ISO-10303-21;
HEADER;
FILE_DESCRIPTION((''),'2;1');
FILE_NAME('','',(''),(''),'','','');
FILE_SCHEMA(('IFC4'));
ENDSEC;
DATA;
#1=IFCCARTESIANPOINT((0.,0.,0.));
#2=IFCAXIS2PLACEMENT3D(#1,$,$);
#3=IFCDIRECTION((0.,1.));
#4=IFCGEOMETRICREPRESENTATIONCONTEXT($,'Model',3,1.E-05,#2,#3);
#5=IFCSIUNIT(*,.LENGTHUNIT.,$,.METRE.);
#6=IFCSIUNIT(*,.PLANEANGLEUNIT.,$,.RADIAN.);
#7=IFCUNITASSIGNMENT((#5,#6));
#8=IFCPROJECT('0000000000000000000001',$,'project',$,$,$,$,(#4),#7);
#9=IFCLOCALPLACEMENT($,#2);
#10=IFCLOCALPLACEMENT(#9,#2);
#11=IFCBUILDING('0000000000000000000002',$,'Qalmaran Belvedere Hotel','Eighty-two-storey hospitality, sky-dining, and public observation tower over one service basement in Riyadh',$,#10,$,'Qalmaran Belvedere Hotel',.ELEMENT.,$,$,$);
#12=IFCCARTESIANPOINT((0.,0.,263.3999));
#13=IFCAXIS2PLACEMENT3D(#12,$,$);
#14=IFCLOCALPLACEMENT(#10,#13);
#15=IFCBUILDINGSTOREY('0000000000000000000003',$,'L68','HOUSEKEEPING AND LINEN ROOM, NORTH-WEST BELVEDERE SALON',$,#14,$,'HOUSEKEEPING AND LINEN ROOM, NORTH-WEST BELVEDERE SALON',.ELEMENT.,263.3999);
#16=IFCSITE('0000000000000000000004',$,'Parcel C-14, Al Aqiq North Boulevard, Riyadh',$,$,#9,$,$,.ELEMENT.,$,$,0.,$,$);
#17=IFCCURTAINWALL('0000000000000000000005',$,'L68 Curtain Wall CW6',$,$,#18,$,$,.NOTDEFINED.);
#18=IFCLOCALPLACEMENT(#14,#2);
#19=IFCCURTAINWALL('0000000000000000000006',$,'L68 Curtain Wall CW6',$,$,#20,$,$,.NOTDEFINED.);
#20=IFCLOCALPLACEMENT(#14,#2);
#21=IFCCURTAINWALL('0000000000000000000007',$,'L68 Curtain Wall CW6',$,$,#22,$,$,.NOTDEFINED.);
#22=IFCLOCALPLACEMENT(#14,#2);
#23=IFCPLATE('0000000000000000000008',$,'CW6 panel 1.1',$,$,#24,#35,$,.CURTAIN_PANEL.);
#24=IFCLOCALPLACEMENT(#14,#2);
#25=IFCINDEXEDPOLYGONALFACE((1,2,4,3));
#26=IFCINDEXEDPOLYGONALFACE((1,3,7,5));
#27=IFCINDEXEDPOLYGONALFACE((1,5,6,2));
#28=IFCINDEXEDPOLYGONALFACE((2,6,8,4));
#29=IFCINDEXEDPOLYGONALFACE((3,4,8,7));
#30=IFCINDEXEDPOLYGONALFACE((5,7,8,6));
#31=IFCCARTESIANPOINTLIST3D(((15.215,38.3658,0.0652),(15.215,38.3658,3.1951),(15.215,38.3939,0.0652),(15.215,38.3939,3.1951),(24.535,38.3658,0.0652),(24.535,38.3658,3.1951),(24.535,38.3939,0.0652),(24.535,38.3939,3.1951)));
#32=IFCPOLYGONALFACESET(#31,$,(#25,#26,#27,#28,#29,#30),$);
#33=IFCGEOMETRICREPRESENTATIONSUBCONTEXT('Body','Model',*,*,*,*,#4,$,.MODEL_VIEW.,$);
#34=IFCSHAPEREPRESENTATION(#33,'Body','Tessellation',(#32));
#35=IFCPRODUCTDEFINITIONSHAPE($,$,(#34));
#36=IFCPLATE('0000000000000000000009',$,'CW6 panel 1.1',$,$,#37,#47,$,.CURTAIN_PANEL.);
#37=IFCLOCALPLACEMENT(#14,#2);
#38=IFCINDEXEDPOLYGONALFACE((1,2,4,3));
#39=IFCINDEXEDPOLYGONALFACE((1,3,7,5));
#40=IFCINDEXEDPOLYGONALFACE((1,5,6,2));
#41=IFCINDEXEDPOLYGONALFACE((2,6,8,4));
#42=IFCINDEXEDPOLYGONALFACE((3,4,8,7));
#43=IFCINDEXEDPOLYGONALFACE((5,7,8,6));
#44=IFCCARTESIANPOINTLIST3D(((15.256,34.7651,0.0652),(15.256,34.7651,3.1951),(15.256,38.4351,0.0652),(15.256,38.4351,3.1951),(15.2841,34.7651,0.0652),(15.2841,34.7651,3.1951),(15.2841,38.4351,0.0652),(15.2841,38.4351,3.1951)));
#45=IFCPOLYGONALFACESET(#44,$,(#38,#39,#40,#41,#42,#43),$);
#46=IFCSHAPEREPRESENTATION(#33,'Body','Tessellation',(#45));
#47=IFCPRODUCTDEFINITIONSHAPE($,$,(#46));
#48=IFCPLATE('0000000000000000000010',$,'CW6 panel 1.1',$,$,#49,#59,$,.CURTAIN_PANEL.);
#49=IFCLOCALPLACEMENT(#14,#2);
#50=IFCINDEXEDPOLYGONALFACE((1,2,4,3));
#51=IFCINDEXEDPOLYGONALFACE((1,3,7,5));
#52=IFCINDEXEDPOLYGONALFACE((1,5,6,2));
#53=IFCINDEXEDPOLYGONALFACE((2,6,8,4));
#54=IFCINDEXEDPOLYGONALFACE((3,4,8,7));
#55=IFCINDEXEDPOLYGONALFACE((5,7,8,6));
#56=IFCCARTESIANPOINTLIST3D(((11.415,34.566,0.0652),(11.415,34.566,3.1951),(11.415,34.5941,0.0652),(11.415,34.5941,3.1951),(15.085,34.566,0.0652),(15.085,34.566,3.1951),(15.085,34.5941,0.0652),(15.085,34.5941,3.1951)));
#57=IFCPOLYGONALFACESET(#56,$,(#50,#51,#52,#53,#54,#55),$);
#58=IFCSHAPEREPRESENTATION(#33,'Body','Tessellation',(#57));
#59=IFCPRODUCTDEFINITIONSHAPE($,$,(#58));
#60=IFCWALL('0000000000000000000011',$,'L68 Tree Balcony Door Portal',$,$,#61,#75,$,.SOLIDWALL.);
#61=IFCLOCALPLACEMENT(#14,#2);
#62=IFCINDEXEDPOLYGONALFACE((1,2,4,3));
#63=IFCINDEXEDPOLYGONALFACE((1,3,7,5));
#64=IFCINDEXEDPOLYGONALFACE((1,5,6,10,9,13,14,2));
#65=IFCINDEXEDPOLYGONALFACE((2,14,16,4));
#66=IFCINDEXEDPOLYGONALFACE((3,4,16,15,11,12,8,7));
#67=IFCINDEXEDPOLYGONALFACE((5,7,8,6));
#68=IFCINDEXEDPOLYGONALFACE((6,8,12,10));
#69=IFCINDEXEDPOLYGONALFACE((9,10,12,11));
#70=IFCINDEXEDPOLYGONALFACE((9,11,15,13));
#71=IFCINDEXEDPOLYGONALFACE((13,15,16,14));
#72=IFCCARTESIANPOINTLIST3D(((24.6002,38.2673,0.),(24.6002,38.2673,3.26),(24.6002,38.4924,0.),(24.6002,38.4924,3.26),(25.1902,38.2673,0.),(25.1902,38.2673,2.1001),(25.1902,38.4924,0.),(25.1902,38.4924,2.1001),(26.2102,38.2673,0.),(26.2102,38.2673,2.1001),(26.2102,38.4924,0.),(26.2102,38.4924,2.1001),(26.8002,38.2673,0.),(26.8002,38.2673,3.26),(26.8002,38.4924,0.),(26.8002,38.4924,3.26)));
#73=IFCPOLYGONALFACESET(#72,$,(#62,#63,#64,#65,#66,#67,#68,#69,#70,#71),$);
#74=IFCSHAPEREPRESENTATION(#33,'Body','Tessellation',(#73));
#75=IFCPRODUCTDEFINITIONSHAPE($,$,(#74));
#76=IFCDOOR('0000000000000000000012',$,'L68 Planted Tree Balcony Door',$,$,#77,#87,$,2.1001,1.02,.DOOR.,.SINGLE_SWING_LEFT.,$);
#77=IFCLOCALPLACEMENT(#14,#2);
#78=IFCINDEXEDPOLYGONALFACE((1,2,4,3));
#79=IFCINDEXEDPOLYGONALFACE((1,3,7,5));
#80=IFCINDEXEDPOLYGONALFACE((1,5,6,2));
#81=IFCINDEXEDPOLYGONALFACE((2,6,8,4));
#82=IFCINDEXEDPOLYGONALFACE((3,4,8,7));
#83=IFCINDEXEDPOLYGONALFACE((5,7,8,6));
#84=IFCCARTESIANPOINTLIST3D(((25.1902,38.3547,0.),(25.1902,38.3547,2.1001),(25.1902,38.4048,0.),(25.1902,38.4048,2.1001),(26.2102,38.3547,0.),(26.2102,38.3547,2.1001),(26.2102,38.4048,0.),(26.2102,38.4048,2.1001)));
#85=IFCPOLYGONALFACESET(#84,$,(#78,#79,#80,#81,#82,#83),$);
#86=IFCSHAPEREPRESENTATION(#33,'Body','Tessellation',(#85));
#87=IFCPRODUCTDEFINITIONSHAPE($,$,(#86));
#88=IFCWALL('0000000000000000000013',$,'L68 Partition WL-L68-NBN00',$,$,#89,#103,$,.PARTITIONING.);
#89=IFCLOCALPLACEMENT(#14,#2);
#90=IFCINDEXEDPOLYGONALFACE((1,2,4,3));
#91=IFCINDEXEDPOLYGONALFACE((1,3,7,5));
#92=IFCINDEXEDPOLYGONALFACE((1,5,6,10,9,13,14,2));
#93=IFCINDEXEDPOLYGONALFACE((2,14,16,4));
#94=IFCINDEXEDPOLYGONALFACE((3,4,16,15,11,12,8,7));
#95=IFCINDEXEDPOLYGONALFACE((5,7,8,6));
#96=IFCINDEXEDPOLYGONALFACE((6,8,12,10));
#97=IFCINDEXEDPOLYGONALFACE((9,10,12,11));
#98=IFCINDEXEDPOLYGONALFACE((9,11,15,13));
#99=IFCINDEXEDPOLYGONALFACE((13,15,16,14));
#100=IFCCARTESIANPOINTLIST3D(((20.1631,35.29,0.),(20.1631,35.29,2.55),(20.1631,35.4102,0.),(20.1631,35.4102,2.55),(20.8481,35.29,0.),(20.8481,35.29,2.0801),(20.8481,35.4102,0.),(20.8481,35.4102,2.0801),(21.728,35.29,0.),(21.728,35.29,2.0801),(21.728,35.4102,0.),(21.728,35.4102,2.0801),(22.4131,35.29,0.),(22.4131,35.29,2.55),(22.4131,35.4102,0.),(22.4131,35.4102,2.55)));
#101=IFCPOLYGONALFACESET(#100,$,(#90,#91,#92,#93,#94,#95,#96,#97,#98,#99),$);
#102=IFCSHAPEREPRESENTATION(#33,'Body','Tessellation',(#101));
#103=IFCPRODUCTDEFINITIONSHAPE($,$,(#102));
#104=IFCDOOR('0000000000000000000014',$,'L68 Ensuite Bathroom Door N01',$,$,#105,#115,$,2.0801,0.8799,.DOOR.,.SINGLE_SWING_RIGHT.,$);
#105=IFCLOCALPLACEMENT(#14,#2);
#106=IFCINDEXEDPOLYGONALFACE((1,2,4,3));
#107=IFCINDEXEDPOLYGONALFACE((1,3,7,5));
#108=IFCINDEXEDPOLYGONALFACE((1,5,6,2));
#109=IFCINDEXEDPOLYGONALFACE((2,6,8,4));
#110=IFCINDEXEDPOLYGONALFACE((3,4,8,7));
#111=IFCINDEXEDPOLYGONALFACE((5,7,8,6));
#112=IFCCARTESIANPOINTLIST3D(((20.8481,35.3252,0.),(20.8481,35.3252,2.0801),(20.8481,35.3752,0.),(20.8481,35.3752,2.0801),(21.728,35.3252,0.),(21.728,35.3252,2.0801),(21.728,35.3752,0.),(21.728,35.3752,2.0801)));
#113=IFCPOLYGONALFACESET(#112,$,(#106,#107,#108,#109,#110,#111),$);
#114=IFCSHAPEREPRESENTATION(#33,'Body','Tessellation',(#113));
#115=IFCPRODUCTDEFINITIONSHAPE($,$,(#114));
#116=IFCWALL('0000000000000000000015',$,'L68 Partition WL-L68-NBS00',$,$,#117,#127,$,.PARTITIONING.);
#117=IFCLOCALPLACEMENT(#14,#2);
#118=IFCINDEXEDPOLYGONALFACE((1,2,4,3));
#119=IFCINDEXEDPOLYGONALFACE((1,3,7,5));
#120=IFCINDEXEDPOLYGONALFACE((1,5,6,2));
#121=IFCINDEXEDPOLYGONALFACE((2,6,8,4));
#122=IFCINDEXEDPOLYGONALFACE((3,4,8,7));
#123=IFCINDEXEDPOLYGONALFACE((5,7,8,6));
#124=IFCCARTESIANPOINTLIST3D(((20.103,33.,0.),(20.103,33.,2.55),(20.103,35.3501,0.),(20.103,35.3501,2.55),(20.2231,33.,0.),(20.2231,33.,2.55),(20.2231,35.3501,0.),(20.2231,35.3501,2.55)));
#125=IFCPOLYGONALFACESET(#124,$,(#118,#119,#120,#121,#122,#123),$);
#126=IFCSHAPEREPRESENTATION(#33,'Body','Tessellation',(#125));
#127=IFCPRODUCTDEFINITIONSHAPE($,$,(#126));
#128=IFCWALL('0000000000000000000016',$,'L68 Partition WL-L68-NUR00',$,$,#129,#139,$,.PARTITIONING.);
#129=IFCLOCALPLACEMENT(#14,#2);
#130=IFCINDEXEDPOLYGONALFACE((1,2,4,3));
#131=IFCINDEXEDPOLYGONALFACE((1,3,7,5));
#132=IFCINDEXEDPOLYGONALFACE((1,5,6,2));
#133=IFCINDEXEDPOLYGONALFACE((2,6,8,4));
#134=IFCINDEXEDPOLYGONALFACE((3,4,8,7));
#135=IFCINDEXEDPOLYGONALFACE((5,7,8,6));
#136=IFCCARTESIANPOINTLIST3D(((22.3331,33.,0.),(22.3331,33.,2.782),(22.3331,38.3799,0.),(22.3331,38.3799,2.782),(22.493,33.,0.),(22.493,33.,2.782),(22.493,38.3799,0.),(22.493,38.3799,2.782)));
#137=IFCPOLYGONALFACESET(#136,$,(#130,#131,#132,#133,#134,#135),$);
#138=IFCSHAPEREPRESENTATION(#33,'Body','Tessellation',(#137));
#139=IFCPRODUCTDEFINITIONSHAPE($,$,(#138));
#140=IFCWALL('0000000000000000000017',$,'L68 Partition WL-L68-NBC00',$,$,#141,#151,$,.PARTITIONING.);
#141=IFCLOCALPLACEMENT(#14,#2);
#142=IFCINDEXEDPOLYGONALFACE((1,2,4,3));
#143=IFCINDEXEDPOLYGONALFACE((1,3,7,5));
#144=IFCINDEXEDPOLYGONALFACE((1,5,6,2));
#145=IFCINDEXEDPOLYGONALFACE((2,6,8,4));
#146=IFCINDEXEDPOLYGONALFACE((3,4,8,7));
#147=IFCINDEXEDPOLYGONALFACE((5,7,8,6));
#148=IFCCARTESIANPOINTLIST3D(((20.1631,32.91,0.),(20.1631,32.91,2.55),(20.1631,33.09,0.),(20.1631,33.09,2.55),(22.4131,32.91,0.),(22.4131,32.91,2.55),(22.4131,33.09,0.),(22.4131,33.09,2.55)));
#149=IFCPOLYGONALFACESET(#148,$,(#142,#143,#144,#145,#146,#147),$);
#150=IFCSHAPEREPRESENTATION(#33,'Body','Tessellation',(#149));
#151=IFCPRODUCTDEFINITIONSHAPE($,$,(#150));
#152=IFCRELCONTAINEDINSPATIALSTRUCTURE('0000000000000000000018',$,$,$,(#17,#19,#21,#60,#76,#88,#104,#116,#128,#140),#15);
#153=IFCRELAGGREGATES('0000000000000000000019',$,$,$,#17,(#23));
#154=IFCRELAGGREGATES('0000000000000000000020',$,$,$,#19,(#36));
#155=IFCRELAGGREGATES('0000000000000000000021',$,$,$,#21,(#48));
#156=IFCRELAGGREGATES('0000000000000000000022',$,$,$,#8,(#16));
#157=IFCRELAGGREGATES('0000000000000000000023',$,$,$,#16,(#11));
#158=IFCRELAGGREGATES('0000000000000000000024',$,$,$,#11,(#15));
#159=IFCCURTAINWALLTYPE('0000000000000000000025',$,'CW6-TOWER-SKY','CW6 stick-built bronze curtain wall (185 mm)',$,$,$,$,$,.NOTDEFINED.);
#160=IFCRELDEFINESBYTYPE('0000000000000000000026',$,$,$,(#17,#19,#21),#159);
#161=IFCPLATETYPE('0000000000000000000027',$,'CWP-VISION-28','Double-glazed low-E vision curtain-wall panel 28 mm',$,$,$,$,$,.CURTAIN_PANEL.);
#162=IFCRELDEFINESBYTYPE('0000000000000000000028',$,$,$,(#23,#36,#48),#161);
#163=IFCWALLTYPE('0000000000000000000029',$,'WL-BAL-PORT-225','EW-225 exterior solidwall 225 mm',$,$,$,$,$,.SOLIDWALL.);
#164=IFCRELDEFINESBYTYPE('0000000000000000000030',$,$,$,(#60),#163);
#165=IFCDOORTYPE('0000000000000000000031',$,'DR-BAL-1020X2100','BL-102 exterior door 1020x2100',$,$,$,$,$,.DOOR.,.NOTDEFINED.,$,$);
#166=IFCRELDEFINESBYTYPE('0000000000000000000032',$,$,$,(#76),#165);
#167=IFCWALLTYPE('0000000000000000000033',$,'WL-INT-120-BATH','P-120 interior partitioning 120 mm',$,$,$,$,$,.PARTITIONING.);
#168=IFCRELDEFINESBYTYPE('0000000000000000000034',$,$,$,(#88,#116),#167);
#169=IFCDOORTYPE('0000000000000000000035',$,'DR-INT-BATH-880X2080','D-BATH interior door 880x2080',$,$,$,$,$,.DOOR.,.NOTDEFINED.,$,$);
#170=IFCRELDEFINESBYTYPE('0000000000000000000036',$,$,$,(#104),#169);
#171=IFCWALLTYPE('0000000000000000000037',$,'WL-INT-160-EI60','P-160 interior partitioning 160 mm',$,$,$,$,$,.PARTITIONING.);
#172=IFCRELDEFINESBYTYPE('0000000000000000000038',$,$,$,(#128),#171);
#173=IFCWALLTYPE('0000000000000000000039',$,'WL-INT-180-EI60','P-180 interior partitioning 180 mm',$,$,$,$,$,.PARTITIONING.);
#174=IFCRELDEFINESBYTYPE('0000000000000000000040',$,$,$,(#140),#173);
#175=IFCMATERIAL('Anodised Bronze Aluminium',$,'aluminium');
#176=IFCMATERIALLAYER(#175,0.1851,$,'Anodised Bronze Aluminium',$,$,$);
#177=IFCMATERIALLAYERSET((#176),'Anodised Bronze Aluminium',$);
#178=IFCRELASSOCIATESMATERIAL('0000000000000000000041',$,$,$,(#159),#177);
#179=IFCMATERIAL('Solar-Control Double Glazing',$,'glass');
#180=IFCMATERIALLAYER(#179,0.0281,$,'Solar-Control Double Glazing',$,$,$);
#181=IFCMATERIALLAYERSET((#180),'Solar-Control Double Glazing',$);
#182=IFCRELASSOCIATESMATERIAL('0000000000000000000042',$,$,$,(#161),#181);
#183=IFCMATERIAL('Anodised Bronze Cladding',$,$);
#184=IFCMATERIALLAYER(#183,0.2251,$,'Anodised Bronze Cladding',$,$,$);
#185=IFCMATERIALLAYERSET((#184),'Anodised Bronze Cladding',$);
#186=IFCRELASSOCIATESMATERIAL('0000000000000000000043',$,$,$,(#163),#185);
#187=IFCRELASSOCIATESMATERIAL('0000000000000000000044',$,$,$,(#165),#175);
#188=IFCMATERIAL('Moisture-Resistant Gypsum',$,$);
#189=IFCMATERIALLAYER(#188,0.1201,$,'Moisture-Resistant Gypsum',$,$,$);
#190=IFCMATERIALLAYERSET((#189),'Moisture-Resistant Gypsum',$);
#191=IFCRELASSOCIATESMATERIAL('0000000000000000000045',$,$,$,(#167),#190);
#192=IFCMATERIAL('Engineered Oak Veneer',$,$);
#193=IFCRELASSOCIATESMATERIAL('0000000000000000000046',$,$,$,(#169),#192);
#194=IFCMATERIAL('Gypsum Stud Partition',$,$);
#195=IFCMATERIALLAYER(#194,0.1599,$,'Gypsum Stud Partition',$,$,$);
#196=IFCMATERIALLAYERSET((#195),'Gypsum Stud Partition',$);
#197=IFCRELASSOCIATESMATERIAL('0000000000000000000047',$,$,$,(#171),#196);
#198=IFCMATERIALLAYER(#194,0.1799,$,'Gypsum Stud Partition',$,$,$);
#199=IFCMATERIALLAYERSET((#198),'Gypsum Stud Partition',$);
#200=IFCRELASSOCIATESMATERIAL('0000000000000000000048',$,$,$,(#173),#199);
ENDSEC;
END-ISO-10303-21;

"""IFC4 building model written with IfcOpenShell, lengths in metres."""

from ifc_helpers import new_model, si_unit, direction, frame, frame_2d, origin, origin_2d, place, context, subcontext, project, spatial, rectangle, extrude, material, layer, layer_set, type_object, element, fill, aggregate, save


model = new_model("IFC4")

# Units and contexts
model_context = context("Model", 3, precision=1e-05, world=origin(), true_north=direction((0.0, 1.0)))
body_context = subcontext(model_context, "Body", "Model", "MODEL_VIEW")
ifc_project = project(units=[si_unit("LENGTHUNIT", "METRE"), si_unit("PLANEANGLEUNIT", "RADIAN")], contexts=[model_context])

# Site, building, storey
site_placement = place(None, origin())
site = spatial("IfcSite", under=ifc_project, at=site_placement, Name="Parcel C-14, Al Aqiq North Boulevard, Riyadh", CompositionType="ELEMENT", RefElevation=0.0)
building_placement = place(site_placement, origin())
building = spatial("IfcBuilding", under=site, at=building_placement, Name="Qalmaran Belvedere Hotel", Description="Eighty-two-storey hospitality, sky-dining, and public observation tower over one service basement in Riyadh", LongName="Qalmaran Belvedere Hotel", CompositionType="ELEMENT")
storey_placement = place(building_placement, frame((0.0, 0.0, 263.3999)))
storey = spatial("IfcBuildingStorey", under=building, at=storey_placement, Name="L68", Description="HOUSEKEEPING AND LINEN ROOM, NORTH-WEST BELVEDERE SALON", LongName="HOUSEKEEPING AND LINEN ROOM, NORTH-WEST BELVEDERE SALON", CompositionType="ELEMENT", Elevation=263.3999)

# Curtain walls
ifc_material_1 = material(Name="Anodised Bronze Aluminium", Category="aluminium")
ifc_layer_1 = layer(ifc_material_1, 0.1851, Name="Anodised Bronze Aluminium")
ifc_layer_set_1 = layer_set([ifc_layer_1], Name="Anodised Bronze Aluminium")
curtain_wall_type = type_object("IfcCurtainWallType", Name="CW6-TOWER-SKY", Description="CW6 stick-built bronze curtain wall (185 mm)", PredefinedType="NOTDEFINED", material=ifc_layer_set_1)
curtain_wall_1_placement = place(storey_placement, origin())
curtain_wall_1 = element("IfcCurtainWall", 1, at=curtain_wall_1_placement, inside=storey, type_object=curtain_wall_type, Name="L68 Curtain Wall CW6", PredefinedType="NOTDEFINED")
curtain_wall_2_placement = place(storey_placement, origin())
curtain_wall_2 = element("IfcCurtainWall", 2, at=curtain_wall_2_placement, inside=storey, type_object=curtain_wall_type, Name="L68 Curtain Wall CW6", PredefinedType="NOTDEFINED")
curtain_wall_3_placement = place(storey_placement, origin())
curtain_wall_3 = element("IfcCurtainWall", 3, at=curtain_wall_3_placement, inside=storey, type_object=curtain_wall_type, Name="L68 Curtain Wall CW6", PredefinedType="NOTDEFINED")

# Plates
ifc_material_2 = material(Name="Solar-Control Double Glazing", Category="glass")
ifc_layer_2 = layer(ifc_material_2, 0.0281, Name="Solar-Control Double Glazing")
ifc_layer_set_2 = layer_set([ifc_layer_2], Name="Solar-Control Double Glazing")
plate_type = type_object("IfcPlateType", Name="CWP-VISION-28", Description="Double-glazed low-E vision curtain-wall panel 28 mm", PredefinedType="CURTAIN_PANEL", material=ifc_layer_set_2)
plate_1_placement = place(storey_placement, frame((19.875, 38.3799, 0.0652), z_axis=(0.0, 0.0, 1.0), x_axis=(-1.0, 0.0, 0.0)))
plate_1 = element("IfcPlate", 4, at=plate_1_placement, type_object=plate_type, Name="CW6 panel 1.1", PredefinedType="CURTAIN_PANEL", context=body_context, shape_type="SweptSolid", body=[
    extrude(rectangle(XDim=9.3201, YDim=0.0281, at=origin_2d()), origin(), (0.0, 0.0, 1.0), 3.1299),
])
aggregate(curtain_wall_1, [plate_1])
plate_2_placement = place(storey_placement, frame((15.27, 36.6001, 0.0652), z_axis=(0.0, 0.0, 1.0), x_axis=(0.0, -1.0, 0.0)))
plate_2 = element("IfcPlate", 5, at=plate_2_placement, type_object=plate_type, Name="CW6 panel 1.1", PredefinedType="CURTAIN_PANEL", context=body_context, shape_type="SweptSolid", body=[
    extrude(rectangle(XDim=3.6699, YDim=0.0281, at=origin_2d()), origin(), (0.0, 0.0, 1.0), 3.1299),
])
aggregate(curtain_wall_2, [plate_2])
plate_3_placement = place(storey_placement, frame((13.25, 34.5801, 0.0652), z_axis=(0.0, 0.0, 1.0), x_axis=(-1.0, 0.0, 0.0)))
plate_3 = element("IfcPlate", 6, at=plate_3_placement, type_object=plate_type, Name="CW6 panel 1.1", PredefinedType="CURTAIN_PANEL", context=body_context, shape_type="SweptSolid", body=[
    extrude(rectangle(XDim=3.6699, YDim=0.0281, at=origin_2d()), origin(), (0.0, 0.0, 1.0), 3.1299),
])
aggregate(curtain_wall_3, [plate_3])

# Walls, openings, doors
ifc_material_3 = material(Name="Anodised Bronze Cladding")
ifc_layer_3 = layer(ifc_material_3, 0.2251, Name="Anodised Bronze Cladding")
ifc_layer_set_3 = layer_set([ifc_layer_3], Name="Anodised Bronze Cladding")
wall_type_1 = type_object("IfcWallType", Name="WL-BAL-PORT-225", Description="EW-225 exterior solidwall 225 mm", PredefinedType="SOLIDWALL", material=ifc_layer_set_3)
wall_1_placement = place(storey_placement, frame((24.6001, 38.3799, 0.0), z_axis=(0.0, 0.0, 1.0), x_axis=(1.0, 0.0, 0.0)))
wall_1 = element("IfcWall", 7, at=wall_1_placement, inside=storey, type_object=wall_type_1, Name="L68 Tree Balcony Door Portal", PredefinedType="SOLIDWALL", context=body_context, shape_type="SweptSolid", body=[
    extrude(rectangle(XDim=2.2, YDim=0.2251, at=frame_2d((1.1001, 0.0))), origin(), (0.0, 0.0, 1.0), 3.26),
])
opening_1_placement = place(wall_1_placement, frame((0.5901, 0.0, 0.0)))
opening_1 = element("IfcOpeningElement", 8, at=opening_1_placement, cuts=wall_1, PredefinedType="OPENING", context=body_context, shape_type="SweptSolid", body=[
    extrude(rectangle(XDim=1.02, YDim=2.1001, at=frame_2d((0.51, 1.05))), frame((0.0, 0.1226, 0.0), z_axis=(0.0, -1.0, 0.0), x_axis=(1.0, 0.0, 0.0)), (0.0, 0.0, 1.0), 0.2451),
])
door_type_1 = type_object("IfcDoorType", Name="DR-BAL-1020X2100", Description="BL-102 exterior door 1020x2100", OperationType="NOTDEFINED", PredefinedType="DOOR", material=ifc_material_1)
door_1_placement = place(opening_1_placement, origin())
door_1 = element("IfcDoor", 9, at=door_1_placement, inside=storey, type_object=door_type_1, Name="L68 Planted Tree Balcony Door", OperationType="SINGLE_SWING_LEFT", OverallHeight=2.1001, OverallWidth=1.02, PredefinedType="DOOR", context=body_context, shape_type="SweptSolid", body=[
    extrude(rectangle(XDim=1.02, YDim=2.1001, at=frame_2d((0.51, 1.05))), frame((0.0, 0.0249, 0.0), z_axis=(0.0, -1.0, 0.0), x_axis=(1.0, 0.0, 0.0)), (0.0, 0.0, 1.0), 0.05),
])
fill(opening_1, door_1)
ifc_material_4 = material(Name="Moisture-Resistant Gypsum")
ifc_layer_4 = layer(ifc_material_4, 0.1201, Name="Moisture-Resistant Gypsum")
ifc_layer_set_4 = layer_set([ifc_layer_4], Name="Moisture-Resistant Gypsum")
wall_type_2 = type_object("IfcWallType", Name="WL-INT-120-BATH", Description="P-120 interior partitioning 120 mm", PredefinedType="PARTITIONING", material=ifc_layer_set_4)
wall_2_placement = place(storey_placement, frame((20.1631, 35.3501, 0.0), z_axis=(0.0, 0.0, 1.0), x_axis=(1.0, 0.0, 0.0)))
wall_2 = element("IfcWall", 10, at=wall_2_placement, inside=storey, type_object=wall_type_2, Name="L68 Partition WL-L68-NBN00", PredefinedType="PARTITIONING", context=body_context, shape_type="SweptSolid", body=[
    extrude(rectangle(XDim=2.25, YDim=0.1201, at=frame_2d((1.125, 0.0))), origin(), (0.0, 0.0, 1.0), 2.55),
])
opening_2_placement = place(wall_2_placement, frame((1.5649, 0.0, 0.0), z_axis=(0.0, 0.0, 1.0), x_axis=(-1.0, 0.0, 0.0)))
opening_2 = element("IfcOpeningElement", 11, at=opening_2_placement, cuts=wall_2, PredefinedType="OPENING", context=body_context, shape_type="SweptSolid", body=[
    extrude(rectangle(XDim=0.8799, YDim=2.0801, at=frame_2d((0.4399, 1.04))), frame((0.0, 0.0701, 0.0), z_axis=(0.0, -1.0, 0.0), x_axis=(1.0, 0.0, 0.0)), (0.0, 0.0, 1.0), 0.1401),
])
ifc_material_5 = material(Name="Engineered Oak Veneer")
door_type_2 = type_object("IfcDoorType", Name="DR-INT-BATH-880X2080", Description="D-BATH interior door 880x2080", OperationType="NOTDEFINED", PredefinedType="DOOR", material=ifc_material_5)
door_2_placement = place(opening_2_placement, origin())
door_2 = element("IfcDoor", 12, at=door_2_placement, inside=storey, type_object=door_type_2, Name="L68 Ensuite Bathroom Door N01", OperationType="SINGLE_SWING_RIGHT", OverallHeight=2.0801, OverallWidth=0.8799, PredefinedType="DOOR", context=body_context, shape_type="SweptSolid", body=[
    extrude(rectangle(XDim=0.8799, YDim=2.0801, at=frame_2d((0.4399, 1.04))), frame((0.0, 0.0249, 0.0), z_axis=(0.0, -1.0, 0.0), x_axis=(1.0, 0.0, 0.0)), (0.0, 0.0, 1.0), 0.05),
])
fill(opening_2, door_2)

# Walls
wall_3_placement = place(storey_placement, frame((20.1631, 33.0, 0.0), z_axis=(0.0, 0.0, 1.0), x_axis=(0.0, 1.0, 0.0)))
element("IfcWall", 13, at=wall_3_placement, inside=storey, type_object=wall_type_2, Name="L68 Partition WL-L68-NBS00", PredefinedType="PARTITIONING", context=body_context, shape_type="SweptSolid", body=[
    extrude(rectangle(XDim=2.3501, YDim=0.1201, at=frame_2d((1.175, 0.0))), origin(), (0.0, 0.0, 1.0), 2.55),
])
ifc_material_6 = material(Name="Gypsum Stud Partition")
ifc_layer_5 = layer(ifc_material_6, 0.1599, Name="Gypsum Stud Partition")
ifc_layer_set_5 = layer_set([ifc_layer_5], Name="Gypsum Stud Partition")
wall_type_3 = type_object("IfcWallType", Name="WL-INT-160-EI60", Description="P-160 interior partitioning 160 mm", PredefinedType="PARTITIONING", material=ifc_layer_set_5)
wall_4_placement = place(storey_placement, frame((22.4131, 33.0, 0.0), z_axis=(0.0, 0.0, 1.0), x_axis=(0.0, 1.0, 0.0)))
element("IfcWall", 14, at=wall_4_placement, inside=storey, type_object=wall_type_3, Name="L68 Partition WL-L68-NUR00", PredefinedType="PARTITIONING", context=body_context, shape_type="SweptSolid", body=[
    extrude(rectangle(XDim=5.3799, YDim=0.1599, at=frame_2d((2.6899, 0.0))), origin(), (0.0, 0.0, 1.0), 2.782),
])
ifc_layer_6 = layer(ifc_material_6, 0.1799, Name="Gypsum Stud Partition")
ifc_layer_set_6 = layer_set([ifc_layer_6], Name="Gypsum Stud Partition")
wall_type_4 = type_object("IfcWallType", Name="WL-INT-180-EI60", Description="P-180 interior partitioning 180 mm", PredefinedType="PARTITIONING", material=ifc_layer_set_6)
wall_5_placement = place(storey_placement, frame((20.1631, 33.0, 0.0), z_axis=(0.0, 0.0, 1.0), x_axis=(1.0, 0.0, 0.0)))
element("IfcWall", 15, at=wall_5_placement, inside=storey, type_object=wall_type_4, Name="L68 Partition WL-L68-NBC00", PredefinedType="PARTITIONING", context=body_context, shape_type="SweptSolid", body=[
    extrude(rectangle(XDim=2.25, YDim=0.1799, at=frame_2d((1.125, 0.0))), origin(), (0.0, 0.0, 1.0), 2.55),
])

save(model, "model.ifc")
